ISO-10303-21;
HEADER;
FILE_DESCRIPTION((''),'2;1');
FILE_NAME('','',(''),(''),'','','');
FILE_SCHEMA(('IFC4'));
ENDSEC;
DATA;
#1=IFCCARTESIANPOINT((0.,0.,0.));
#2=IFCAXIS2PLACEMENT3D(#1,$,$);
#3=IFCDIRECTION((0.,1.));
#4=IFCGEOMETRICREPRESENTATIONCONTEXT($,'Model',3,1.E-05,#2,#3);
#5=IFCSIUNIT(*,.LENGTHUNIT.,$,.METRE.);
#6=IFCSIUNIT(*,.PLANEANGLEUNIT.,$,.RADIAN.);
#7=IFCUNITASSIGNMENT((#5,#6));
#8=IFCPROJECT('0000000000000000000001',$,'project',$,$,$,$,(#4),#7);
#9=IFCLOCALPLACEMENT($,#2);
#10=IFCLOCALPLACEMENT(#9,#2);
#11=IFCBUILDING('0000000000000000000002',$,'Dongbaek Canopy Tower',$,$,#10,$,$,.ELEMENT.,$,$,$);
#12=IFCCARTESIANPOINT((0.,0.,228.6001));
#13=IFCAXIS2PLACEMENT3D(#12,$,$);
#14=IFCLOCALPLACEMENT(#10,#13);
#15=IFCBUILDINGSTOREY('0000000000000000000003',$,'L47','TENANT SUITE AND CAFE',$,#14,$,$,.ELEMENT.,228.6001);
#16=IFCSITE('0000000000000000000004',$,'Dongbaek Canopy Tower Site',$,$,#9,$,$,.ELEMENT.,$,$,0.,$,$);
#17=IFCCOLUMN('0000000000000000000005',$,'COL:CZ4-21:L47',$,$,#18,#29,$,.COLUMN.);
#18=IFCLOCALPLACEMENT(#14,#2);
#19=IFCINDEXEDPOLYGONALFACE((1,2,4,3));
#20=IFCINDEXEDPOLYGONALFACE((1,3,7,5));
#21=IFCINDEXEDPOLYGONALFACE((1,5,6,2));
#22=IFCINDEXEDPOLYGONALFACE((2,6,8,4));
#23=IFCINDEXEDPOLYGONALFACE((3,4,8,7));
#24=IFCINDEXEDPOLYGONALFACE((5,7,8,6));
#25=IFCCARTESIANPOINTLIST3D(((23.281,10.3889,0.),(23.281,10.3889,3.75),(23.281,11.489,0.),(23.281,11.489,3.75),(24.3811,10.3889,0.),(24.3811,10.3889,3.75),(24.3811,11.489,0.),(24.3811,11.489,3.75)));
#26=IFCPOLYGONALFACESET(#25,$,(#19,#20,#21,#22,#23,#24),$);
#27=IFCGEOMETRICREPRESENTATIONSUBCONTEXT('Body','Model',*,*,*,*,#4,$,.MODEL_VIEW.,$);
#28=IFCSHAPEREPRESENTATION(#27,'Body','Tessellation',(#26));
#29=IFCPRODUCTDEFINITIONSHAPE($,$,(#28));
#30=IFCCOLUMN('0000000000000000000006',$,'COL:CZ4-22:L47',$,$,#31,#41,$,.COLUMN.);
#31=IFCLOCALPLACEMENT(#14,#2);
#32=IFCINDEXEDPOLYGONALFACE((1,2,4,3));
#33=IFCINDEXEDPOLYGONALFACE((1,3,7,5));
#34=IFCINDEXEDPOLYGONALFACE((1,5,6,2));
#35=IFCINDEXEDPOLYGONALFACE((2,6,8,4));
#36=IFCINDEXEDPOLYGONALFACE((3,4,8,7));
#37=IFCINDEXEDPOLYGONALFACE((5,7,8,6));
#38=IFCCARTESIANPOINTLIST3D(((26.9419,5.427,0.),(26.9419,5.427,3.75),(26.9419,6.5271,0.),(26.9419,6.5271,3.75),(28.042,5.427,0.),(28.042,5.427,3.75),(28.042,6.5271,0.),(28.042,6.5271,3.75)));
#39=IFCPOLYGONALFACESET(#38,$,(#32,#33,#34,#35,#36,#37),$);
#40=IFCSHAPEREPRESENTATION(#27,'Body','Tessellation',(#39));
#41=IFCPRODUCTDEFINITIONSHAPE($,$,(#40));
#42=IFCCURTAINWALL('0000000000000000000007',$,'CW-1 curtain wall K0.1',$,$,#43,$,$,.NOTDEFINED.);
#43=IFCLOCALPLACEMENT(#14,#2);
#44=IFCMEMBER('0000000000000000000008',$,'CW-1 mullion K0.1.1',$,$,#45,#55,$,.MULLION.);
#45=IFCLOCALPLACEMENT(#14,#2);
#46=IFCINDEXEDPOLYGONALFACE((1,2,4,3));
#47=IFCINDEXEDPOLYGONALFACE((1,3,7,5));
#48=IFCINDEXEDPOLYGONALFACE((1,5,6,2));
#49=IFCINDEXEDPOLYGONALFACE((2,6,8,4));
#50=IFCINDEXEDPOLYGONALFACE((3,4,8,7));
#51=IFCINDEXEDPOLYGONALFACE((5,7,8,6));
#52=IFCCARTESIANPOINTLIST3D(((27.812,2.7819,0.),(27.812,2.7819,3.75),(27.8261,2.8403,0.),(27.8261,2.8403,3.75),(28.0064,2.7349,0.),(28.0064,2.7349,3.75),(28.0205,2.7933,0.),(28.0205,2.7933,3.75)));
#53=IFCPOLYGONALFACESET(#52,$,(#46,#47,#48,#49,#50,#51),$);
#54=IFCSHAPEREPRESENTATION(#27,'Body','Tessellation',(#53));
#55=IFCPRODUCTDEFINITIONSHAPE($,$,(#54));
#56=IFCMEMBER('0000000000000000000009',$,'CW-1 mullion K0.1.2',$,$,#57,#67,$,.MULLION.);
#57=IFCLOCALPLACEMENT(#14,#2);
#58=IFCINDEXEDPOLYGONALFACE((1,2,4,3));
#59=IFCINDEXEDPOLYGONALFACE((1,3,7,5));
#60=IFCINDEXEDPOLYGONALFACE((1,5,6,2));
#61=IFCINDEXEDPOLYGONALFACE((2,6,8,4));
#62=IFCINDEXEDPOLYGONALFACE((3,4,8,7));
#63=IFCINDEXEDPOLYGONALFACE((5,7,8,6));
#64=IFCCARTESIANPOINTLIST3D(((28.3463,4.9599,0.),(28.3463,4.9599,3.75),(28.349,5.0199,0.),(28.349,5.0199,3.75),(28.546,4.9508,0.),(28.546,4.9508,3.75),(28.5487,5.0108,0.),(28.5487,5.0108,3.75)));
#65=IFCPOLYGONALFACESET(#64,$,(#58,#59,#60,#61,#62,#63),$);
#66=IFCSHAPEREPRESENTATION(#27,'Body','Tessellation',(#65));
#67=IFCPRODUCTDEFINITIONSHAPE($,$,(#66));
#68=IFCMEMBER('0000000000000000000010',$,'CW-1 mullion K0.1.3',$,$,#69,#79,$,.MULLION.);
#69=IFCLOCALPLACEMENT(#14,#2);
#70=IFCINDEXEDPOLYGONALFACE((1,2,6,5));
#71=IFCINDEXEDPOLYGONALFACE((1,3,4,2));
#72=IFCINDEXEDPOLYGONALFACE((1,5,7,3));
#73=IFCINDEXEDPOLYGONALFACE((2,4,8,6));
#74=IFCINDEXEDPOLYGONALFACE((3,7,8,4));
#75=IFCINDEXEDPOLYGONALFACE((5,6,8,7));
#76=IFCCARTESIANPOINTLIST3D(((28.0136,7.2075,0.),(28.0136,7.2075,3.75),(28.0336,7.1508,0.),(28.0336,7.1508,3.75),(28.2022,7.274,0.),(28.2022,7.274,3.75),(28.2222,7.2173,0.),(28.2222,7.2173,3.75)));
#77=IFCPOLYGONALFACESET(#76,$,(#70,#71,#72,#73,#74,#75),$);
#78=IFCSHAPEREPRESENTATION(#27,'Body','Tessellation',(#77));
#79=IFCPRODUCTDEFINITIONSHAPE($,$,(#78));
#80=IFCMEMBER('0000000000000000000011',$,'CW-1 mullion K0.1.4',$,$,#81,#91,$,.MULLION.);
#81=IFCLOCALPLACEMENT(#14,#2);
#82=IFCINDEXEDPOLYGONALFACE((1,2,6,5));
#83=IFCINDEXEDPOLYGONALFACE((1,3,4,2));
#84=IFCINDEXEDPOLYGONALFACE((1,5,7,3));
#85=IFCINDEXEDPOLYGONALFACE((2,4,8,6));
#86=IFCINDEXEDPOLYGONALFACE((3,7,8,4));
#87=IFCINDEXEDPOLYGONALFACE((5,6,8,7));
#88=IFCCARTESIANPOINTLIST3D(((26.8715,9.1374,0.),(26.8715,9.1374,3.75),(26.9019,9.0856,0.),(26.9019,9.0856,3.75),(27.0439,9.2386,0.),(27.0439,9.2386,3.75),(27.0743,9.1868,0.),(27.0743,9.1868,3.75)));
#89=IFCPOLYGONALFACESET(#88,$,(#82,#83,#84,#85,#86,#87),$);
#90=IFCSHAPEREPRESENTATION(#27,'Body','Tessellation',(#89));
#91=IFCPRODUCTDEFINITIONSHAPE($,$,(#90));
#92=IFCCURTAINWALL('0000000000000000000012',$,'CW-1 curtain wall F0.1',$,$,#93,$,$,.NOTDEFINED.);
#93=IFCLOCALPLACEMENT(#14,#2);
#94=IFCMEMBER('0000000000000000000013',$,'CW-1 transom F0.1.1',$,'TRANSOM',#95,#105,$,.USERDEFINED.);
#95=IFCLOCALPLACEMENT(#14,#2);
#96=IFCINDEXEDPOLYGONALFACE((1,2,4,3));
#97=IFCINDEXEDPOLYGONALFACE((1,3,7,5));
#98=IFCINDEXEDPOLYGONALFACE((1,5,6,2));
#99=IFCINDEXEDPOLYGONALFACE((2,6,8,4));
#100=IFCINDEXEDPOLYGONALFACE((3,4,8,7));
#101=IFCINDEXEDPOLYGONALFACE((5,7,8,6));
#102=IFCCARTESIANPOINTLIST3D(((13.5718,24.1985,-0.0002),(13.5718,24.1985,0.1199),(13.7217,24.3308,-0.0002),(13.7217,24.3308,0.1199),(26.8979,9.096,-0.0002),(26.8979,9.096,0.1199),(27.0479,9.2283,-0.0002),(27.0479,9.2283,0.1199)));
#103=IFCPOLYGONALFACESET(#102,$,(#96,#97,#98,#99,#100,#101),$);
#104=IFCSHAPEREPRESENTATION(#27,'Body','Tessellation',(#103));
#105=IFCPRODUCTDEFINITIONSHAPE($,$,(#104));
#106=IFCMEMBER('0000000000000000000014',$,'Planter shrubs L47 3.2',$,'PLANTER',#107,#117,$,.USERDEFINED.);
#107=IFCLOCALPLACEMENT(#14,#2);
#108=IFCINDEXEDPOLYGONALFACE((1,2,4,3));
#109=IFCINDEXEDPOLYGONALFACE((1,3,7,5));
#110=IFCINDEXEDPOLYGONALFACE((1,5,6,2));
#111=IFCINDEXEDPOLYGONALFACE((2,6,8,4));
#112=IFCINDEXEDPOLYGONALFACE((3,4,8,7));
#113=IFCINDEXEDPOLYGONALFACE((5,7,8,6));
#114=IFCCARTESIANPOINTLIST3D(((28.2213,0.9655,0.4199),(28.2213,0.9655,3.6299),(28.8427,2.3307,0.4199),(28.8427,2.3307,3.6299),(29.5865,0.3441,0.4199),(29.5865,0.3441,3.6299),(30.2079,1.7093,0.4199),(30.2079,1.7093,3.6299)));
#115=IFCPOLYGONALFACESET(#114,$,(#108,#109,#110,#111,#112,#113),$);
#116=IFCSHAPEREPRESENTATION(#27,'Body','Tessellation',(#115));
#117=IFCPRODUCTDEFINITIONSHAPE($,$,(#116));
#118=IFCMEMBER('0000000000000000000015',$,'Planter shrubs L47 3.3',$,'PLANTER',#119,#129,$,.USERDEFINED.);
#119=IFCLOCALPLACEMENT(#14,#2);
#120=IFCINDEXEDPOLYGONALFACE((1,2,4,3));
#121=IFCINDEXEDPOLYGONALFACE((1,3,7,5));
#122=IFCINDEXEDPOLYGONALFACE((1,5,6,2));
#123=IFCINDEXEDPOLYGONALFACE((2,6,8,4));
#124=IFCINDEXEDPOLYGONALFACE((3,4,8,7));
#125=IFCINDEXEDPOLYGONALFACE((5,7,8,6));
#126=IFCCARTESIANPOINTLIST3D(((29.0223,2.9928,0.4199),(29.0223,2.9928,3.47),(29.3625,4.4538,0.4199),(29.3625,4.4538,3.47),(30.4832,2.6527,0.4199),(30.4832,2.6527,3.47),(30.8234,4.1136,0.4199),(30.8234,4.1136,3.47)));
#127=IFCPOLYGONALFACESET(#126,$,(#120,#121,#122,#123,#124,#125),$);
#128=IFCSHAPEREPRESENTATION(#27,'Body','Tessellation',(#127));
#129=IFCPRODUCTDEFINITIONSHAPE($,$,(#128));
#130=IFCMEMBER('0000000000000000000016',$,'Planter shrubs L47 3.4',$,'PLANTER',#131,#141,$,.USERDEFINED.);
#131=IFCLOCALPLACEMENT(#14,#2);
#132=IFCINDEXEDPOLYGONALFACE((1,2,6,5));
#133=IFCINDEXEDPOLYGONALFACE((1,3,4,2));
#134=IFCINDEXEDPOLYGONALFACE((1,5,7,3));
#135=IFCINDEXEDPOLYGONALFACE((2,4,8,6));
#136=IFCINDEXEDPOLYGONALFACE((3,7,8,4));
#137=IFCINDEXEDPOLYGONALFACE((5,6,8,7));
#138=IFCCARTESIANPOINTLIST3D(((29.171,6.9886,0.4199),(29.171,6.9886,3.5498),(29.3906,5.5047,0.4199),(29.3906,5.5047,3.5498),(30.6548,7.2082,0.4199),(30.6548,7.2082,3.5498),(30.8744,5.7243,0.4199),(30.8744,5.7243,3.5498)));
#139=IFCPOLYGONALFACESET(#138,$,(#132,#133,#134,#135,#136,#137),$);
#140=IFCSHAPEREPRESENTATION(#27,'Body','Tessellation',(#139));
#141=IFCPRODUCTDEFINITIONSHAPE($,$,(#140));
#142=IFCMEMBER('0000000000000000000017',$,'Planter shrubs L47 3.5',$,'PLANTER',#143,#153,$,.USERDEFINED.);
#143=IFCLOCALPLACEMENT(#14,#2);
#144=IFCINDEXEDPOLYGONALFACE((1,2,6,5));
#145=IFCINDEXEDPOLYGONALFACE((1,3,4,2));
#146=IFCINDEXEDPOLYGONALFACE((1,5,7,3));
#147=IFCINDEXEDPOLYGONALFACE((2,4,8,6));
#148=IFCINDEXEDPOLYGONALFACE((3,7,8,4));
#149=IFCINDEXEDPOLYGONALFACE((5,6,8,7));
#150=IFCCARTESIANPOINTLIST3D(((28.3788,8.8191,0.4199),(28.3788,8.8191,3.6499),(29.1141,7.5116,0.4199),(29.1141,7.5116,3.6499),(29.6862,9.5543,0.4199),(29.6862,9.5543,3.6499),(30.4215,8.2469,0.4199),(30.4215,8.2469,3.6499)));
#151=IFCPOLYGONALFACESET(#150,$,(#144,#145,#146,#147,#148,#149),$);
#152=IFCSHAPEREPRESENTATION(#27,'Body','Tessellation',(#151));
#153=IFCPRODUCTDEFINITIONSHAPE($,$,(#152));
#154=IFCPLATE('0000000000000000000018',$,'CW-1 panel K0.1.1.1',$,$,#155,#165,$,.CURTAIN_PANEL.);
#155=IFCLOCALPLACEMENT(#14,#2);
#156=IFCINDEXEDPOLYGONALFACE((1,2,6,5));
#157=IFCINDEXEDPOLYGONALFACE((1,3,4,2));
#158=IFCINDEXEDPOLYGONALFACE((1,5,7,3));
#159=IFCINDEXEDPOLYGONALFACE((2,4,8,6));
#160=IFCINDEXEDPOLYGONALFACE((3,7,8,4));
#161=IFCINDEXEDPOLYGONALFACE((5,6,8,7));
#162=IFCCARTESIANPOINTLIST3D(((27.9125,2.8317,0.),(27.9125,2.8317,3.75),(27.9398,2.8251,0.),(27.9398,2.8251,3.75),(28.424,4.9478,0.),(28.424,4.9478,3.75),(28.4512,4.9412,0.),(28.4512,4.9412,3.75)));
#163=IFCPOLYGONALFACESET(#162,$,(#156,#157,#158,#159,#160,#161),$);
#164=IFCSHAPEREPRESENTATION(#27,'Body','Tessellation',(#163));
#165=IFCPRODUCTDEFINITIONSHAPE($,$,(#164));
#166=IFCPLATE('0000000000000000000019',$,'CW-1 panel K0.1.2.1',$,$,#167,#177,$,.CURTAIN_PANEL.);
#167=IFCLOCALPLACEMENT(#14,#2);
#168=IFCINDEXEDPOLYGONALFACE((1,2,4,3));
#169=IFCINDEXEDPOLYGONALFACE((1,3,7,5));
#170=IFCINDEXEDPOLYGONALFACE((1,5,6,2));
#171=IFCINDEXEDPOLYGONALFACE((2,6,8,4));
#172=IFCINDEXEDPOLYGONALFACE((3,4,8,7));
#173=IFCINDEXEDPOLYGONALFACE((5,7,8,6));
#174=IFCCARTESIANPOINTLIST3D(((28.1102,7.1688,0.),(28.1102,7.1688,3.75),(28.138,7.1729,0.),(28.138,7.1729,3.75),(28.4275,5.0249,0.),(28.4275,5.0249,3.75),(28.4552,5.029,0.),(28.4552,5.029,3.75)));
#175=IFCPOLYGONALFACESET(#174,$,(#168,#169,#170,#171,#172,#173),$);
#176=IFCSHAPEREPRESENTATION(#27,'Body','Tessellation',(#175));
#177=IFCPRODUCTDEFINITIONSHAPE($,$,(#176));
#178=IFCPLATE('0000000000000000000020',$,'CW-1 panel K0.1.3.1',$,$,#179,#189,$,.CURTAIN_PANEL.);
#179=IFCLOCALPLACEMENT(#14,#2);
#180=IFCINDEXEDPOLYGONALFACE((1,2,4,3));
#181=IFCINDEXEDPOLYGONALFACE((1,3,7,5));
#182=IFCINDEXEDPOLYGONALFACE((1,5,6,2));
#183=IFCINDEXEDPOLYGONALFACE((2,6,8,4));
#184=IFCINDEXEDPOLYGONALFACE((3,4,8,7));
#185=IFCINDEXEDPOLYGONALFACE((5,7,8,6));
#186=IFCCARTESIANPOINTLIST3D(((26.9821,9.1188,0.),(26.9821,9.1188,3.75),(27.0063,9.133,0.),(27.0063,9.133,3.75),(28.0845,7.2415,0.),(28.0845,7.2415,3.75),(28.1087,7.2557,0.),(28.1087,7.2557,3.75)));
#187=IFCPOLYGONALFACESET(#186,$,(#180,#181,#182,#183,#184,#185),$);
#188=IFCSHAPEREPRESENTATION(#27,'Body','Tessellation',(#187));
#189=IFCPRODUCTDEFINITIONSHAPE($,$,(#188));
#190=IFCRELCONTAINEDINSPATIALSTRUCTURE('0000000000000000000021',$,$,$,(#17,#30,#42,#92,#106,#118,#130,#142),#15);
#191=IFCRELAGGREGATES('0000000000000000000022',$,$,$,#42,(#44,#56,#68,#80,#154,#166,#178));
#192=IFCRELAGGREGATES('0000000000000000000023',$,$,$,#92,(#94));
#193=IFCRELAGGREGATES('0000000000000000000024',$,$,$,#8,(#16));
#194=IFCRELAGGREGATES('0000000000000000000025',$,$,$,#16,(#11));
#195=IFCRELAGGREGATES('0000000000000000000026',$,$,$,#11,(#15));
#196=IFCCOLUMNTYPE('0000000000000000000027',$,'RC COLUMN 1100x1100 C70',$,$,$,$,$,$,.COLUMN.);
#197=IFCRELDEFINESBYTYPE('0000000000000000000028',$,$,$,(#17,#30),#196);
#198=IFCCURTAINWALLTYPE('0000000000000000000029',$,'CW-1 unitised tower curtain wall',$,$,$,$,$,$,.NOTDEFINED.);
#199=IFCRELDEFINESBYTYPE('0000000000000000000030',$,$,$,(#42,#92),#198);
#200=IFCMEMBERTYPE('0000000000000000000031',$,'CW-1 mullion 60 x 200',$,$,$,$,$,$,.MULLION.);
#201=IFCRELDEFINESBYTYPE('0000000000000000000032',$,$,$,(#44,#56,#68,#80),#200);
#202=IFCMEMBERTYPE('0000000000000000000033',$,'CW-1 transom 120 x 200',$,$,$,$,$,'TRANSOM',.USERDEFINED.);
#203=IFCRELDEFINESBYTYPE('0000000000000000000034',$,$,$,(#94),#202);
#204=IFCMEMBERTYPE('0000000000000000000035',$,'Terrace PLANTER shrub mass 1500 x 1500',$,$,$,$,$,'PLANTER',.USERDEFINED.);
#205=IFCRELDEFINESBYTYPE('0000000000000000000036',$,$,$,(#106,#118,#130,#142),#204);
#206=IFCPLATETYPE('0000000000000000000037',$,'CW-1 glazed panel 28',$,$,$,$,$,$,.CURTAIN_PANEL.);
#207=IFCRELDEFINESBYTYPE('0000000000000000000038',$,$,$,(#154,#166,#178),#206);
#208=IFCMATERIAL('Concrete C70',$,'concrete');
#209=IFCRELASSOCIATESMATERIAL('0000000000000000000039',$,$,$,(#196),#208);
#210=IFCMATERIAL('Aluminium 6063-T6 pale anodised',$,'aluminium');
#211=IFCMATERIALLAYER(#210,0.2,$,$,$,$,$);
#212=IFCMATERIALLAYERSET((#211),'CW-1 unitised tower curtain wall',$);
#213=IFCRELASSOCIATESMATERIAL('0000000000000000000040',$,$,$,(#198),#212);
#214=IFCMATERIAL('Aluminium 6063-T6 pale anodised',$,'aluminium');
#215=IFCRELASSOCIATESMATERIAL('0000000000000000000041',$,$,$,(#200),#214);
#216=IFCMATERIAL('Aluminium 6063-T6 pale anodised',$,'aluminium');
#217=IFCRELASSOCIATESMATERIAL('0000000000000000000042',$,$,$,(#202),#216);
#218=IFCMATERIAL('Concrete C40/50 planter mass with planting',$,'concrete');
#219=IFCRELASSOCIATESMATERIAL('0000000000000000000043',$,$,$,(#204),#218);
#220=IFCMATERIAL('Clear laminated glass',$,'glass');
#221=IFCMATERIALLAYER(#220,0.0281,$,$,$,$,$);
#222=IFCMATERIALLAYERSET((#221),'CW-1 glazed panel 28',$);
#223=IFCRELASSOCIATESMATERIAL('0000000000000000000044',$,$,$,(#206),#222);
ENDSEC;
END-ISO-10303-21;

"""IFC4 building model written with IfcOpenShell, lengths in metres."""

from ifc_helpers import new_model, si_unit, direction, frame, origin, origin_2d, place, context, subcontext, project, spatial, rectangle, extrude, material, layer, layer_set, material_profile, profile_set, type_object, element, aggregate, save


model = new_model("IFC4")

# Units and contexts
model_context = context("Model", 3, precision=1e-05, world=origin(), true_north=direction((0.0, 1.0)))
body_context = subcontext(model_context, "Body", "Model", "MODEL_VIEW")
ifc_project = project(units=[si_unit("LENGTHUNIT", "METRE"), si_unit("PLANEANGLEUNIT", "RADIAN")], contexts=[model_context])

# Site, building, storey
site_placement = place(None, origin())
site = spatial("IfcSite", under=ifc_project, at=site_placement, Name="Dongbaek Canopy Tower Site", CompositionType="ELEMENT", RefElevation=0.0)
building_placement = place(site_placement, origin())
building = spatial("IfcBuilding", under=site, at=building_placement, Name="Dongbaek Canopy Tower", CompositionType="ELEMENT")
storey_placement = place(building_placement, frame((0.0, 0.0, 228.6001)))
storey = spatial("IfcBuildingStorey", under=building, at=storey_placement, Name="L47", Description="TENANT SUITE AND CAFE", CompositionType="ELEMENT", Elevation=228.6001)

# Columns
ifc_material_1 = material(Name="Concrete C70", Category="concrete")
ifc_material_profile_1 = material_profile(ifc_material_1, rectangle(XDim=1.1001, YDim=1.1001, at=origin_2d()), Name="RC COLUMN 1100x1100 C70")
ifc_profile_set_1 = profile_set([ifc_material_profile_1], Name="Concrete C70")
column_type = type_object("IfcColumnType", Name="RC COLUMN 1100x1100 C70", PredefinedType="COLUMN", material=ifc_profile_set_1)
for number, where, z_axis, x_axis, name in (
    (1, (23.8311, 10.939, 0.0), (0.0, 0.0, 1.0), (1.0, 0.0, 0.0), "COL:CZ4-21:L47"),
    (2, (27.4919, 5.9771, 0.0), (0.0, 0.0, 1.0), (1.0, 0.0, 0.0), "COL:CZ4-22:L47"),
):
    element("IfcColumn", number, at=place(storey_placement, frame(where, z_axis=z_axis, x_axis=x_axis)), inside=storey, type_object=column_type, Name=name, PredefinedType="COLUMN", context=body_context, shape_type="SweptSolid", body=[
        extrude(rectangle(XDim=1.1001, YDim=1.1001, at=origin_2d()), origin(), (0.0, 0.0, 1.0), 3.75),
    ])

# Curtain wall, members
ifc_material_2 = material(Name="Aluminium 6063-T6 pale anodised", Category="aluminium")
ifc_layer_1 = layer(ifc_material_2, 0.2)
ifc_layer_set_1 = layer_set([ifc_layer_1], Name="CW-1 unitised tower curtain wall")
curtain_wall_type = type_object("IfcCurtainWallType", Name="CW-1 unitised tower curtain wall", PredefinedType="NOTDEFINED", material=ifc_layer_set_1)
curtain_wall_1_placement = place(storey_placement, origin())
curtain_wall_1 = element("IfcCurtainWall", 3, at=curtain_wall_1_placement, inside=storey, type_object=curtain_wall_type, Name="CW-1 curtain wall K0.1", PredefinedType="NOTDEFINED")
ifc_material_3 = material(Name="Aluminium 6063-T6 pale anodised", Category="aluminium")
ifc_material_profile_2 = material_profile(ifc_material_3, rectangle(XDim=0.2, YDim=0.0601, at=origin_2d()), Name="CW-1 mullion 60 x 200")
ifc_profile_set_2 = profile_set([ifc_material_profile_2], Name="Aluminium 6063-T6 pale anodised")
member_type_1 = type_object("IfcMemberType", Name="CW-1 mullion 60 x 200", PredefinedType="MULLION", material=ifc_profile_set_2)
member_1_placement = place(storey_placement, frame((27.9163, 2.7876, 0.0), z_axis=(0.0, 0.0, 1.0), x_axis=(0.972014, -0.234923, 0.0)))
member_1 = element("IfcMember", 4, at=member_1_placement, type_object=member_type_1, Name="CW-1 mullion K0.1.1", PredefinedType="MULLION", context=body_context, shape_type="SweptSolid", body=[
    extrude(rectangle(XDim=0.2, YDim=0.0601, at=origin_2d()), origin(), (0.0, 0.0, 1.0), 3.75),
])
member_2_placement = place(storey_placement, frame((28.4475, 4.9854, 0.0), z_axis=(0.0, 0.0, 1.0), x_axis=(0.998983, -0.045098, 0.0)))
member_2 = element("IfcMember", 5, at=member_2_placement, type_object=member_type_1, Name="CW-1 mullion K0.1.2", PredefinedType="MULLION", context=body_context, shape_type="SweptSolid", body=[
    extrude(rectangle(XDim=0.2, YDim=0.0601, at=origin_2d()), origin(), (0.0, 0.0, 1.0), 3.75),
])
member_3_placement = place(storey_placement, frame((28.1179, 7.2124, 0.0), z_axis=(0.0, 0.0, 1.0), x_axis=(0.943108, 0.332487, 0.0)))
member_3 = element("IfcMember", 6, at=member_3_placement, type_object=member_type_1, Name="CW-1 mullion K0.1.3", PredefinedType="MULLION", context=body_context, shape_type="SweptSolid", body=[
    extrude(rectangle(XDim=0.2, YDim=0.0601, at=origin_2d()), origin(), (0.0, 0.0, 1.0), 3.75),
])
member_4_placement = place(storey_placement, frame((26.9729, 9.1621, 0.0), z_axis=(0.0, 0.0, 1.0), x_axis=(0.862318, 0.506367, 0.0)))
member_4 = element("IfcMember", 7, at=member_4_placement, type_object=member_type_1, Name="CW-1 mullion K0.1.4", PredefinedType="MULLION", context=body_context, shape_type="SweptSolid", body=[
    extrude(rectangle(XDim=0.2, YDim=0.0601, at=origin_2d()), origin(), (0.0, 0.0, 1.0), 3.75),
])

# Curtain wall, member
curtain_wall_2_placement = place(storey_placement, origin())
curtain_wall_2 = element("IfcCurtainWall", 8, at=curtain_wall_2_placement, inside=storey, type_object=curtain_wall_type, Name="CW-1 curtain wall F0.1", PredefinedType="NOTDEFINED")
ifc_material_4 = material(Name="Aluminium 6063-T6 pale anodised", Category="aluminium")
ifc_material_profile_3 = material_profile(ifc_material_4, rectangle(XDim=0.2, YDim=0.1201, at=origin_2d()), Name="CW-1 transom 120 x 200")
ifc_profile_set_3 = profile_set([ifc_material_profile_3], Name="Aluminium 6063-T6 pale anodised")
member_type_2 = type_object("IfcMemberType", Name="CW-1 transom 120 x 200", ElementType="TRANSOM", PredefinedType="USERDEFINED", material=ifc_profile_set_3)
member_5_placement = place(storey_placement, frame((26.9729, 9.1621, 0.0598), z_axis=(-0.661633, 0.749828, 0.0), x_axis=(-0.749828, -0.661633, 0.0)))
member_5 = element("IfcMember", 9, at=member_5_placement, type_object=member_type_2, Name="CW-1 transom F0.1.1", ObjectType="TRANSOM", PredefinedType="USERDEFINED", context=body_context, shape_type="SweptSolid", body=[
    extrude(rectangle(XDim=0.2, YDim=0.1201, at=origin_2d()), origin(), (0.0, 0.0, 1.0), 20.1414),
])

# Members
ifc_material_5 = material(Name="Concrete C40/50 planter mass with planting", Category="concrete")
ifc_material_profile_4 = material_profile(ifc_material_5, rectangle(XDim=1.5, YDim=1.5, at=origin_2d()), Name="Terrace PLANTER shrub mass 1500 x 1500")
ifc_profile_set_4 = profile_set([ifc_material_profile_4], Name="Concrete C40/50 planter mass with planting")
member_type_3 = type_object("IfcMemberType", Name="Terrace PLANTER shrub mass 1500 x 1500", ElementType="PLANTER", PredefinedType="USERDEFINED", material=ifc_profile_set_4)
member_6_placement = place(storey_placement, frame((29.2146, 1.3374, 0.4199), z_axis=(0.0, 0.0, 1.0), x_axis=(0.910164, -0.414249, 0.0)))
element("IfcMember", 10, at=member_6_placement, inside=storey, type_object=member_type_3, Name="Planter shrubs L47 3.2", ObjectType="PLANTER", PredefinedType="USERDEFINED", context=body_context, shape_type="SweptSolid", body=[
    extrude(rectangle(XDim=1.5, YDim=1.5, at=origin_2d()), origin(), (0.0, 0.0, 1.0), 3.21),
])
member_7_placement = place(storey_placement, frame((29.9229, 3.5532, 0.4199), z_axis=(0.0, 0.0, 1.0), x_axis=(0.973951, -0.22676, 0.0)))
element("IfcMember", 11, at=member_7_placement, inside=storey, type_object=member_type_3, Name="Planter shrubs L47 3.3", ObjectType="PLANTER", PredefinedType="USERDEFINED", context=body_context, shape_type="SweptSolid", body=[
    extrude(rectangle(XDim=1.5, YDim=1.5, at=origin_2d()), origin(), (0.0, 0.0, 1.0), 3.05),
])
member_8_placement = place(storey_placement, frame((30.0227, 6.3564, 0.4199), z_axis=(0.0, 0.0, 1.0), x_axis=(0.989228, 0.146385, 0.0)))
element("IfcMember", 12, at=member_8_placement, inside=storey, type_object=member_type_3, Name="Planter shrubs L47 3.4", ObjectType="PLANTER", PredefinedType="USERDEFINED", context=body_context, shape_type="SweptSolid", body=[
    extrude(rectangle(XDim=1.5, YDim=1.5, at=origin_2d()), origin(), (0.0, 0.0, 1.0), 3.1299),
])
member_9_placement = place(storey_placement, frame((29.4001, 8.533, 0.4199), z_axis=(0.0, 0.0, 1.0), x_axis=(0.871626, 0.490171, 0.0)))
element("IfcMember", 13, at=member_9_placement, inside=storey, type_object=member_type_3, Name="Planter shrubs L47 3.5", ObjectType="PLANTER", PredefinedType="USERDEFINED", context=body_context, shape_type="SweptSolid", body=[
    extrude(rectangle(XDim=1.5, YDim=1.5, at=origin_2d()), origin(), (0.0, 0.0, 1.0), 3.23),
])

# Plates
ifc_material_6 = material(Name="Clear laminated glass", Category="glass")
ifc_layer_2 = layer(ifc_material_6, 0.0281)
ifc_layer_set_2 = layer_set([ifc_layer_2], Name="CW-1 glazed panel 28")
plate_type = type_object("IfcPlateType", Name="CW-1 glazed panel 28", PredefinedType="CURTAIN_PANEL", material=ifc_layer_set_2)
plate_1_placement = place(storey_placement, frame((28.1819, 3.8865, 0.0), z_axis=(0.0, 0.0, 1.0), x_axis=(0.234923, 0.972014, 0.0)))
plate_1 = element("IfcPlate", 14, at=plate_1_placement, type_object=plate_type, Name="CW-1 panel K0.1.1.1", PredefinedType="CURTAIN_PANEL", context=body_context, shape_type="SweptSolid", body=[
    extrude(rectangle(XDim=2.177, YDim=0.0281, at=origin_2d()), origin(), (0.0, 0.0, 1.0), 3.75),
])
plate_2_placement = place(storey_placement, frame((28.2827, 6.0989, 0.0), z_axis=(0.0, 0.0, 1.0), x_axis=(-0.146385, 0.989228, 0.0)))
plate_2 = element("IfcPlate", 15, at=plate_2_placement, type_object=plate_type, Name="CW-1 panel K0.1.2.1", PredefinedType="CURTAIN_PANEL", context=body_context, shape_type="SweptSolid", body=[
    extrude(rectangle(XDim=2.1672, YDim=0.0281, at=origin_2d()), origin(), (0.0, 0.0, 1.0), 3.75),
])
plate_3_placement = place(storey_placement, frame((27.5454, 8.1873, 0.0), z_axis=(0.0, 0.0, 1.0), x_axis=(-0.506367, 0.862318, 0.0)))
plate_3 = element("IfcPlate", 16, at=plate_3_placement, type_object=plate_type, Name="CW-1 panel K0.1.3.1", PredefinedType="CURTAIN_PANEL", context=body_context, shape_type="SweptSolid", body=[
    extrude(rectangle(XDim=2.177, YDim=0.0281, at=origin_2d()), origin(), (0.0, 0.0, 1.0), 3.75),
])
aggregate(curtain_wall_1, [member_1, member_2, member_3, member_4, plate_1, plate_2, plate_3])

aggregate(curtain_wall_2, [member_5])

save(model, "model.ifc")
